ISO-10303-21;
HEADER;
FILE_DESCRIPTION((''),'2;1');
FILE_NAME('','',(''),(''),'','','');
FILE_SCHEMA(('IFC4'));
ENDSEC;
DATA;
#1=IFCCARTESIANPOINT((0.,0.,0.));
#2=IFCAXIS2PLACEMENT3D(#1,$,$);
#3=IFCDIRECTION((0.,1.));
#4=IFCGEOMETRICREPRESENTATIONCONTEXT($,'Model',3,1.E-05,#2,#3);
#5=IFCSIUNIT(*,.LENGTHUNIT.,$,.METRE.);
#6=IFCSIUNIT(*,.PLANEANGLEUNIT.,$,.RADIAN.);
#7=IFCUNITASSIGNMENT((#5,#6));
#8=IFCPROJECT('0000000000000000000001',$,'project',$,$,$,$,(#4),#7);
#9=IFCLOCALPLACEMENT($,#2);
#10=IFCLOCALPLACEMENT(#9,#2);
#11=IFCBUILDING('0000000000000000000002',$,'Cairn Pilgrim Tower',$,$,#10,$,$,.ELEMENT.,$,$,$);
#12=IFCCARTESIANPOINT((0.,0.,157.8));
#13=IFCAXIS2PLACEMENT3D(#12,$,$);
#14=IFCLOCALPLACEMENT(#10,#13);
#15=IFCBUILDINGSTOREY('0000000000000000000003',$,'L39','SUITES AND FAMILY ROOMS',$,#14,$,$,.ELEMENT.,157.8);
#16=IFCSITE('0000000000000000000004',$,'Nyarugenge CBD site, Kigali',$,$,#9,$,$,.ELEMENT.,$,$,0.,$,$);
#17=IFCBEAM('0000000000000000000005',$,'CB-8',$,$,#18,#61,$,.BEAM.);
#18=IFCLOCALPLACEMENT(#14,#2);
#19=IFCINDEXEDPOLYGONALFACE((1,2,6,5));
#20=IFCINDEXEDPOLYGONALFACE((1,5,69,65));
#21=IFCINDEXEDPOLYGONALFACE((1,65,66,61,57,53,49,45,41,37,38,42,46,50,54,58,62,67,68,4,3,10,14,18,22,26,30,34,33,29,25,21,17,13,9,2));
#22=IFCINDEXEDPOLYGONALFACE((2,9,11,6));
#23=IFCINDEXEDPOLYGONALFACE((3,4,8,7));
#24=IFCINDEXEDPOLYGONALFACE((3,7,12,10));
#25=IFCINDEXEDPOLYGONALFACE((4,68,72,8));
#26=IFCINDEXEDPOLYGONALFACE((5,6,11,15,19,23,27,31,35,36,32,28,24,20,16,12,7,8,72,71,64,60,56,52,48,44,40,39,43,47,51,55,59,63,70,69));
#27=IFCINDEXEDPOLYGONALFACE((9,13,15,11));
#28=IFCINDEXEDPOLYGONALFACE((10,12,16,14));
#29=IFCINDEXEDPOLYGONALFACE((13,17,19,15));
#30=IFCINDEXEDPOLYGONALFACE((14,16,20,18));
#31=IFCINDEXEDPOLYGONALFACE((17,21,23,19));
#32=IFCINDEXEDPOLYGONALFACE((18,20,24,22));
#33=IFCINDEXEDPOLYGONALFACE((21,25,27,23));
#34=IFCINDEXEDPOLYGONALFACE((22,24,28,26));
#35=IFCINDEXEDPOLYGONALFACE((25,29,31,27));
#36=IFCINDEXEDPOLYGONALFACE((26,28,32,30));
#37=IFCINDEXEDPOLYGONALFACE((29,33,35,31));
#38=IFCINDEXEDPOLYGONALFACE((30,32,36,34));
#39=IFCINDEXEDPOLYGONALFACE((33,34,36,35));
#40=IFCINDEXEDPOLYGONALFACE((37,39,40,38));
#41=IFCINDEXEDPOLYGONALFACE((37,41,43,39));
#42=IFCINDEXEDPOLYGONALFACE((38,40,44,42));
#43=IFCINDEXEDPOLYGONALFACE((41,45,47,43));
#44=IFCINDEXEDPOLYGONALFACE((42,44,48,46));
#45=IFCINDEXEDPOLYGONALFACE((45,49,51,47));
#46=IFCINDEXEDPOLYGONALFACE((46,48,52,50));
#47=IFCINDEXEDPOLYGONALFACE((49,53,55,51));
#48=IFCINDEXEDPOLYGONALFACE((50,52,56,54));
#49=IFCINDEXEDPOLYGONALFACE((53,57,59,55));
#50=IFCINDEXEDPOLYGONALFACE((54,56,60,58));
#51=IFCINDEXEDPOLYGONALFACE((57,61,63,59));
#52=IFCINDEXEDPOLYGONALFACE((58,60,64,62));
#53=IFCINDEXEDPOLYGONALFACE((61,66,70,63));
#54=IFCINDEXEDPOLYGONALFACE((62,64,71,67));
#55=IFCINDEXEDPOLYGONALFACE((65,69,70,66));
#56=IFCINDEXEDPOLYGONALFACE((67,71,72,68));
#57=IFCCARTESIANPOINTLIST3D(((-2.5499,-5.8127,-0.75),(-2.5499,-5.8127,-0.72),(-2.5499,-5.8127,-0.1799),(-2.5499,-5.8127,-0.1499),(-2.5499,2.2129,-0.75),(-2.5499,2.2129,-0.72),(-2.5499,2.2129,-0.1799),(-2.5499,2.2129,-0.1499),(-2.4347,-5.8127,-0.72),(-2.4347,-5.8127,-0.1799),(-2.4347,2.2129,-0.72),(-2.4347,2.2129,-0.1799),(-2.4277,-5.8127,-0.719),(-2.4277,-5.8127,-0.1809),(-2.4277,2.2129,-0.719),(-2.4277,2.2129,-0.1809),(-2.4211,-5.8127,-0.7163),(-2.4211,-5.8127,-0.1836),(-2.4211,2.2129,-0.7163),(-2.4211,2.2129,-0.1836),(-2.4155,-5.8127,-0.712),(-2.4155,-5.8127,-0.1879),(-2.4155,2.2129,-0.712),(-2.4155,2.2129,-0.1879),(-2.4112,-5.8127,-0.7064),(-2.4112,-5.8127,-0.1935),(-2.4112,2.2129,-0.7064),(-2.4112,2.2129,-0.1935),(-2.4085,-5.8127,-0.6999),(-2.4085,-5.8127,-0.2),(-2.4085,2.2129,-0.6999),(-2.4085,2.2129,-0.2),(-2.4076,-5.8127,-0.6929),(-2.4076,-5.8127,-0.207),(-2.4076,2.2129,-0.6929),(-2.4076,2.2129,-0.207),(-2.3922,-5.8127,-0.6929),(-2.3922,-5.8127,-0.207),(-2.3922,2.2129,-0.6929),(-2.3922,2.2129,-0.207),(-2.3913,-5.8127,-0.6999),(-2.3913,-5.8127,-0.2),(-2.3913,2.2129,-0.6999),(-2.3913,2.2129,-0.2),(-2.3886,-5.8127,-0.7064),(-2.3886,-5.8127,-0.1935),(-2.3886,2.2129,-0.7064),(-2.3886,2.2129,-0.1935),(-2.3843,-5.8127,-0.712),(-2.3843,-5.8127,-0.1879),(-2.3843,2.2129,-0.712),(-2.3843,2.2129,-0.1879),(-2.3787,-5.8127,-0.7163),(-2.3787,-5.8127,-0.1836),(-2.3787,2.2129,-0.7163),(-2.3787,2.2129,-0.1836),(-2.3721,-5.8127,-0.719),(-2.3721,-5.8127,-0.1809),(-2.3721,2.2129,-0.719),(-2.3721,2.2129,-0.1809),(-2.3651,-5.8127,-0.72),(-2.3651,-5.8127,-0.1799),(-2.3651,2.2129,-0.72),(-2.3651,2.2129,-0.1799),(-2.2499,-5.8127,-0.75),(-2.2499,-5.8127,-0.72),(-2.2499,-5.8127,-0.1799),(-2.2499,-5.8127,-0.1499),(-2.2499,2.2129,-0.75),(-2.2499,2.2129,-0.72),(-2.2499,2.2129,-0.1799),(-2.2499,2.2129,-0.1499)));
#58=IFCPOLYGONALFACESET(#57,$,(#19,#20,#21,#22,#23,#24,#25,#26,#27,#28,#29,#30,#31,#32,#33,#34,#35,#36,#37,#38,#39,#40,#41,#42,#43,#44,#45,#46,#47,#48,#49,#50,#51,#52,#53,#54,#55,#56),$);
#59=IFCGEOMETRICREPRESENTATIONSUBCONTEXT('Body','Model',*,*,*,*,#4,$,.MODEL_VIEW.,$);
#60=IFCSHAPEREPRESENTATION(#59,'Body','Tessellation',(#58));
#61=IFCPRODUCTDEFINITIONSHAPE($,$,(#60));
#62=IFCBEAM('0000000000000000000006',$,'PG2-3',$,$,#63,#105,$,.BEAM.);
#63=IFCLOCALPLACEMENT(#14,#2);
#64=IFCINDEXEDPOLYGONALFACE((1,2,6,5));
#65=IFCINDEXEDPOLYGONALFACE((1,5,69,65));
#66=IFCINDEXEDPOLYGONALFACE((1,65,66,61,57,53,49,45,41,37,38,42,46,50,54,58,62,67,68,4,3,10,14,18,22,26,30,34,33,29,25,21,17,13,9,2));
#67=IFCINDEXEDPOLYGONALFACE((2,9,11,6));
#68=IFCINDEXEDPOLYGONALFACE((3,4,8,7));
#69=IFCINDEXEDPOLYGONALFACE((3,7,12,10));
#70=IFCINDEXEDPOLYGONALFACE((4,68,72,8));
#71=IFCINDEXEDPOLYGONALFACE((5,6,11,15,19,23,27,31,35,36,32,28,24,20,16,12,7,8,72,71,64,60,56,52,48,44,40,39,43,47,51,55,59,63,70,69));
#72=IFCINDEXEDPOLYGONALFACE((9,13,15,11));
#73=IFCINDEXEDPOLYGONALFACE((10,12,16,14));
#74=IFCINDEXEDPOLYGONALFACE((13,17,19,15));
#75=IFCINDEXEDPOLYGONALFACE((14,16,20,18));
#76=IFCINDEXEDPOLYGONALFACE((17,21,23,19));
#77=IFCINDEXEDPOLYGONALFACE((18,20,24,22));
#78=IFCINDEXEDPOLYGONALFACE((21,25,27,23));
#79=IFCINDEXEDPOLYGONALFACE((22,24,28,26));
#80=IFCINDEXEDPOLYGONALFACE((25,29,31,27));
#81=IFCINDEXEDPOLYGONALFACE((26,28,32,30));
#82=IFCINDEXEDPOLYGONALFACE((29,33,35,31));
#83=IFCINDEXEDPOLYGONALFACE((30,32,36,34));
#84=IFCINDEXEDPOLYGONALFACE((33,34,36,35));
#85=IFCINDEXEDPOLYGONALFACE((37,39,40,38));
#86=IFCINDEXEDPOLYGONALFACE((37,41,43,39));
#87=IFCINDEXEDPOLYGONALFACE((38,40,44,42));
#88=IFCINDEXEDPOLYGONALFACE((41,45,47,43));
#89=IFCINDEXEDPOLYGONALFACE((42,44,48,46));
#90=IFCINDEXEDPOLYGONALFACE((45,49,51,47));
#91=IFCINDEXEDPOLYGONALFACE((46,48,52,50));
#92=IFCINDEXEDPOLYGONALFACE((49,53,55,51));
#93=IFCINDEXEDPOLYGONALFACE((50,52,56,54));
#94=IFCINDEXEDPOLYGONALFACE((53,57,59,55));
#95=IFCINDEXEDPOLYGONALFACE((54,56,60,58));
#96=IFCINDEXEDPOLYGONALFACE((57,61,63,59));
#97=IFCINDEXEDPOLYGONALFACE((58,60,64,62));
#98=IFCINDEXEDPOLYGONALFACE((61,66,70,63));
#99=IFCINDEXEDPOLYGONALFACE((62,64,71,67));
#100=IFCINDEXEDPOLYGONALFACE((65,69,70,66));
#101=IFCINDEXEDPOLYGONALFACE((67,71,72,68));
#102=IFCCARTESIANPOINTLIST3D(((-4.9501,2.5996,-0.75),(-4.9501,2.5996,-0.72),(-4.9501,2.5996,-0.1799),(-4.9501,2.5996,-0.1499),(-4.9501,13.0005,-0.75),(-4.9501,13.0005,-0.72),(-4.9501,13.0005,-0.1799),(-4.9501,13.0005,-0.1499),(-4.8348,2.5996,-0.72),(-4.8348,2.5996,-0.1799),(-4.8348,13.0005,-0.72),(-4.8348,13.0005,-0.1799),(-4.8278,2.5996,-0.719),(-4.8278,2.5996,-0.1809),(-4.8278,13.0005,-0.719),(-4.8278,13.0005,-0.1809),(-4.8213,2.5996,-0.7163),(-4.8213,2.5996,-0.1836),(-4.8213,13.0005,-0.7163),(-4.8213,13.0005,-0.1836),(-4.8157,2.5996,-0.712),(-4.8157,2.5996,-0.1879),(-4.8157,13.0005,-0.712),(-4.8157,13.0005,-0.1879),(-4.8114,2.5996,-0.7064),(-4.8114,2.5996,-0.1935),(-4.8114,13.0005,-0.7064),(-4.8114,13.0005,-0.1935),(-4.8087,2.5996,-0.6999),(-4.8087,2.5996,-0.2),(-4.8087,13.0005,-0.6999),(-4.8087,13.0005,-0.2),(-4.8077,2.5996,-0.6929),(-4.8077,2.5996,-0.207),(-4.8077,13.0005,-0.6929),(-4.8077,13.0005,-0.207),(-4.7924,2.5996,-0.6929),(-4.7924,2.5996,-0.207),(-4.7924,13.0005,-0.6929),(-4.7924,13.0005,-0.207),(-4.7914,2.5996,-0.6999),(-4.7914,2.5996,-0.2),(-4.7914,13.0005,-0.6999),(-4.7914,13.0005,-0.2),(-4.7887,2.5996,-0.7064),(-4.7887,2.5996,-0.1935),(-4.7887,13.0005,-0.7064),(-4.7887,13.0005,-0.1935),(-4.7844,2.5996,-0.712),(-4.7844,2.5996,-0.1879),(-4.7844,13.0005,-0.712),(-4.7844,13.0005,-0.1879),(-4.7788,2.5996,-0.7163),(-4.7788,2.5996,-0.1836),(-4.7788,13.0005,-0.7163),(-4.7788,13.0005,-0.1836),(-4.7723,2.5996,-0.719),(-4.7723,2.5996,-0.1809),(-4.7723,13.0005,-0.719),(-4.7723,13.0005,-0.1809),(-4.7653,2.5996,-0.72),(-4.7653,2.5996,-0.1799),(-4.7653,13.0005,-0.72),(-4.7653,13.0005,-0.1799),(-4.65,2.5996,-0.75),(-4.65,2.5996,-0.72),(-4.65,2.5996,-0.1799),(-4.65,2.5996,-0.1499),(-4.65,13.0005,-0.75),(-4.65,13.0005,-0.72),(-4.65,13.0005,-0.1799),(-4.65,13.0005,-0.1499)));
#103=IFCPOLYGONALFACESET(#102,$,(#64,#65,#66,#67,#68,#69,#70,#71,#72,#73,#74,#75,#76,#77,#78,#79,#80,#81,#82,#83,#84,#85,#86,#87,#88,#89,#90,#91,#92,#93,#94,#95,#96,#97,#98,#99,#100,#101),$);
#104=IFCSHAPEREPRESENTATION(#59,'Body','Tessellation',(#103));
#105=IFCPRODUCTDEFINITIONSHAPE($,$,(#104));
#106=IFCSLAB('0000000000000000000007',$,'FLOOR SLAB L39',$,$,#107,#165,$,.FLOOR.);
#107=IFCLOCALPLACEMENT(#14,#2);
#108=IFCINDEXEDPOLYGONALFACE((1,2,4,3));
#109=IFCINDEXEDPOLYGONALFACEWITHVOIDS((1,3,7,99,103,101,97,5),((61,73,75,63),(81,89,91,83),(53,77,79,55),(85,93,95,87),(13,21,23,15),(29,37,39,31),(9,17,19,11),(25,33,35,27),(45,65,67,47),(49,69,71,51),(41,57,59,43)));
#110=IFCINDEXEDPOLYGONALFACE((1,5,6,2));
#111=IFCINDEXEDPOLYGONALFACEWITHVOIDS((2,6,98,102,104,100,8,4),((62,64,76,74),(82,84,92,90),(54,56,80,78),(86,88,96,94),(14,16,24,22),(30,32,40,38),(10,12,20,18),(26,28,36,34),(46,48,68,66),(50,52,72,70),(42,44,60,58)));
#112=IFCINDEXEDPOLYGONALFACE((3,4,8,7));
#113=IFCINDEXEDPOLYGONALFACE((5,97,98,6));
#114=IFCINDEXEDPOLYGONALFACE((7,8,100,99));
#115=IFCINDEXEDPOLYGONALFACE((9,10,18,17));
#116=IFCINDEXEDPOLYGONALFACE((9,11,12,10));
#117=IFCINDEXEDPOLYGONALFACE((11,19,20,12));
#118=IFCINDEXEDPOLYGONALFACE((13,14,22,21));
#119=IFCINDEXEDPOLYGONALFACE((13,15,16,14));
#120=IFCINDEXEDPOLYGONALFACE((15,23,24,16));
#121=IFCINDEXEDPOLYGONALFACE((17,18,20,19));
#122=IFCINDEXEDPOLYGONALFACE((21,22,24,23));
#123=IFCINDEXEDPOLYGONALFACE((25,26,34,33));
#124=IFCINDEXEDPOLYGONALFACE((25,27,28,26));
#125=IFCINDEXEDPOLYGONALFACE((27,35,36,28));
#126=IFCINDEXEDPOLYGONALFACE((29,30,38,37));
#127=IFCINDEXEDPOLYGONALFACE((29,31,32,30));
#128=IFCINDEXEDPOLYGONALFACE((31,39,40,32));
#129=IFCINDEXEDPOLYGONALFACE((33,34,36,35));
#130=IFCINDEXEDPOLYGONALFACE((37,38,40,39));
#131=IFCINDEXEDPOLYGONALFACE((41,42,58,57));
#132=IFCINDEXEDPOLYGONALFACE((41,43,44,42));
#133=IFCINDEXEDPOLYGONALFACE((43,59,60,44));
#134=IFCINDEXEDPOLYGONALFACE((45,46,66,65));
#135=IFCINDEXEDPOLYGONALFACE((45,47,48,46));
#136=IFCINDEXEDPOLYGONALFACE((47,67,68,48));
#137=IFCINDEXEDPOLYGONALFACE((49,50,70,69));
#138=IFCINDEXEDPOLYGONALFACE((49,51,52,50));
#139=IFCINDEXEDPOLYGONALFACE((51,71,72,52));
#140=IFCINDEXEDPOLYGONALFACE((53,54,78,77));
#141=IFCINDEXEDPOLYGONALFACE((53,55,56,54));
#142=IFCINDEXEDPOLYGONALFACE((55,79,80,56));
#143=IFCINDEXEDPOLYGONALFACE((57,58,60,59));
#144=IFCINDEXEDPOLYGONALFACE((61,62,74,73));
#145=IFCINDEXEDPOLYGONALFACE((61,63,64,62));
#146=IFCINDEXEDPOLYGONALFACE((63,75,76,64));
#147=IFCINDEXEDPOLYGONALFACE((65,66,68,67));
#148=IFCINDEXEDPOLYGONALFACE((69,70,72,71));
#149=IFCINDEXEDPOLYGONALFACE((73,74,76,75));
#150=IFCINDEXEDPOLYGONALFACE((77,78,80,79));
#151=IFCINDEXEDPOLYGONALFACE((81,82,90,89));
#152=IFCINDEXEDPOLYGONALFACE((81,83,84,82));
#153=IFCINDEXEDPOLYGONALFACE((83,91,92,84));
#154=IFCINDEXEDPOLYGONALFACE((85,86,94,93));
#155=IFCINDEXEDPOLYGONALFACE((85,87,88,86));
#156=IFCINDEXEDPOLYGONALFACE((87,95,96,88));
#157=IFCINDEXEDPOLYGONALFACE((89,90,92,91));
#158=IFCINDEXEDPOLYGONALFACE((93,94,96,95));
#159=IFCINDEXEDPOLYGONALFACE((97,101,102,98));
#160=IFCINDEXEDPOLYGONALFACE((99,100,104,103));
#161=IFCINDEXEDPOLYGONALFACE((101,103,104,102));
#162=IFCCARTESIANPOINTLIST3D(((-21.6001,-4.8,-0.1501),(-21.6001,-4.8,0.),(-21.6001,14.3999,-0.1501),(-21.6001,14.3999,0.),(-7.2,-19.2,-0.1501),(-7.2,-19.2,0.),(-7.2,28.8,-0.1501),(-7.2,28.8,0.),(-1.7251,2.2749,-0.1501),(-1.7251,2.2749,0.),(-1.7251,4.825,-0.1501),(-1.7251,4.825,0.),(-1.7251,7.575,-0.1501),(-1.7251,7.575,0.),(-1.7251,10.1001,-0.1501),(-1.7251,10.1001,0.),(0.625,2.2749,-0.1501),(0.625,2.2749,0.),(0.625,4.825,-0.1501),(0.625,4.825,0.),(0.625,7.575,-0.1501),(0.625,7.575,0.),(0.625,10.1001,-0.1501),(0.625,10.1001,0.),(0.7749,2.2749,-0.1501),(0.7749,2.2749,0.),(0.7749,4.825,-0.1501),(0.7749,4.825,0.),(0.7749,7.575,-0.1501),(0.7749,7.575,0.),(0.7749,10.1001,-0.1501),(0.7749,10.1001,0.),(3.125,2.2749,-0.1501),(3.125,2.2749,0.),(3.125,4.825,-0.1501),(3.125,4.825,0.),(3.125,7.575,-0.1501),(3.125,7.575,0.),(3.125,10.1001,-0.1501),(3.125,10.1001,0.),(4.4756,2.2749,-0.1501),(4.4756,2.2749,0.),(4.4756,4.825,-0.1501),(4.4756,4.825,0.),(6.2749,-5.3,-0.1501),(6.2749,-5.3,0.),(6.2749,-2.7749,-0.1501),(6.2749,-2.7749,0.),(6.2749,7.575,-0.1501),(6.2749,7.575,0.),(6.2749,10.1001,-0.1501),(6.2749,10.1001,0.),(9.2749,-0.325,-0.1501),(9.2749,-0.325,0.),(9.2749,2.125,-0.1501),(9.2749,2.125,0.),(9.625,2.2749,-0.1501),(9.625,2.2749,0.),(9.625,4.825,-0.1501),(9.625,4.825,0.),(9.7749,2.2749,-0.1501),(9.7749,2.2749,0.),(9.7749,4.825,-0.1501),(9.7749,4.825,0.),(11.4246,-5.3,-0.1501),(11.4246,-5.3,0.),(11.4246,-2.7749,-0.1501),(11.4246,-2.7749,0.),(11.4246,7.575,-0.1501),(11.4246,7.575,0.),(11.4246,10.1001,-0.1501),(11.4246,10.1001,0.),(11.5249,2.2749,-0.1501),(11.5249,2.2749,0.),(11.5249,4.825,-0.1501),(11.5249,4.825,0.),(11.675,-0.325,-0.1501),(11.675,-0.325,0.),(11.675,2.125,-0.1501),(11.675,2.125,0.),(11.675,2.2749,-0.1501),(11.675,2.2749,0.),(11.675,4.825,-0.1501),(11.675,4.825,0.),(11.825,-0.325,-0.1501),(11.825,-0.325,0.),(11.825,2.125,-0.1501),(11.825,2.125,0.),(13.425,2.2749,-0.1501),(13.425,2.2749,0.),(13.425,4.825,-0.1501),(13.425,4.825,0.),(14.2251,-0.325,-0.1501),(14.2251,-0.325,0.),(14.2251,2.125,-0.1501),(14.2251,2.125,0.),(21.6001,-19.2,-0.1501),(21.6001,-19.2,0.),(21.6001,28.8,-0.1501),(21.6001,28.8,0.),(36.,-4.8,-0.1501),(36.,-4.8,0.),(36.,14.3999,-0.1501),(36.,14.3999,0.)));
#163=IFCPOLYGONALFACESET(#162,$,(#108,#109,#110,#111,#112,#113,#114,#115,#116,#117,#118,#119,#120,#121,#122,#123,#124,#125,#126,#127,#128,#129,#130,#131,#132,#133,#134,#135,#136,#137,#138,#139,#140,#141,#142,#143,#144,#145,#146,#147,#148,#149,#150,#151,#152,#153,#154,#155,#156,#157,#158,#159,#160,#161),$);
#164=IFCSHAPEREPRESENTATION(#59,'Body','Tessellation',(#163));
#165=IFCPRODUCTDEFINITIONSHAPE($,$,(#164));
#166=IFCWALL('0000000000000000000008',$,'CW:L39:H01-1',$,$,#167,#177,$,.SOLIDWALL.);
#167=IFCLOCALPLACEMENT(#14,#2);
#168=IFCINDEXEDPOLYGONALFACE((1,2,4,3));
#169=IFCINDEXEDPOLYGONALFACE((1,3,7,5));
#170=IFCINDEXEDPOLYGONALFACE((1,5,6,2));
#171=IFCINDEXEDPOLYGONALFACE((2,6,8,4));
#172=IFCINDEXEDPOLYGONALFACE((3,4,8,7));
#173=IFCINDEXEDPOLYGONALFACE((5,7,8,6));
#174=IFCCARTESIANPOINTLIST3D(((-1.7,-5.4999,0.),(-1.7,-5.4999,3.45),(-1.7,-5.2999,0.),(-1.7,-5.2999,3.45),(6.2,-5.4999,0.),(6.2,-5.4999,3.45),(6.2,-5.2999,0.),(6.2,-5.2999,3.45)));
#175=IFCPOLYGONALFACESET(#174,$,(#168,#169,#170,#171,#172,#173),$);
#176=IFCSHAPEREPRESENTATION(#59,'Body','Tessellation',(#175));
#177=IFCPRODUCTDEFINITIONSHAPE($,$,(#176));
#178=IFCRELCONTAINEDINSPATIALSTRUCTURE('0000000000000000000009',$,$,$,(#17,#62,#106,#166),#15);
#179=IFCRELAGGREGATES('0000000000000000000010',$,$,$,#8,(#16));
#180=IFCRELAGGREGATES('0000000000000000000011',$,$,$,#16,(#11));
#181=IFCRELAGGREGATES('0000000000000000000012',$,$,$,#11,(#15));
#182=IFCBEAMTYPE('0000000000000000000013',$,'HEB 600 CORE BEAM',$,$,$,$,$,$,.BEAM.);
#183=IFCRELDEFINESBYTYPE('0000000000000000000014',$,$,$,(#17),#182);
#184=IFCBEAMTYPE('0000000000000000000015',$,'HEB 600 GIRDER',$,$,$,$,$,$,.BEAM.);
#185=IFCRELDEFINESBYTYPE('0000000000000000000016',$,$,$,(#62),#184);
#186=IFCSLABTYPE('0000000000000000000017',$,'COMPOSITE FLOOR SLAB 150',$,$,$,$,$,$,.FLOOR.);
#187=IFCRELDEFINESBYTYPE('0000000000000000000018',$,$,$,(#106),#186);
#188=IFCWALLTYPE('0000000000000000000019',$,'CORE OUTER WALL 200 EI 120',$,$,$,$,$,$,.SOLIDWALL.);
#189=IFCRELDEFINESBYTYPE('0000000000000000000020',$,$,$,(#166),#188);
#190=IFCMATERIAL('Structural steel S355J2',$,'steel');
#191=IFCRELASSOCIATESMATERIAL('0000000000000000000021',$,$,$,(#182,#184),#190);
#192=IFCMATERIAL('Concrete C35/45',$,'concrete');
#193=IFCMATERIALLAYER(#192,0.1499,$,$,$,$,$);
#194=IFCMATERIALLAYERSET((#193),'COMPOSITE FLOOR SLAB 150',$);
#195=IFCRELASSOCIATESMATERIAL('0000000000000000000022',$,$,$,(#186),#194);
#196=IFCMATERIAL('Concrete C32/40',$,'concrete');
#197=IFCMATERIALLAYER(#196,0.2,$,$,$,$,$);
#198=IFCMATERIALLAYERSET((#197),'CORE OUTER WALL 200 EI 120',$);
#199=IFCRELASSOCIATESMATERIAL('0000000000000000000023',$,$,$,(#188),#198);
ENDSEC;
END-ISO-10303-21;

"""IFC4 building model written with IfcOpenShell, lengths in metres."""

from ifc_helpers import new_model, si_unit, direction, frame, frame_2d, origin, origin_2d, place, context, subcontext, project, spatial, polyline, rectangle, i_section, outline, extrude, material, layer, layer_set, material_profile, profile_set, type_object, element, save


model = new_model("IFC4")

# Units and contexts
model_context = context("Model", 3, precision=1e-05, world=origin(), true_north=direction((0.0, 1.0)))
body_context = subcontext(model_context, "Body", "Model", "MODEL_VIEW")
ifc_project = project(units=[si_unit("LENGTHUNIT", "METRE"), si_unit("PLANEANGLEUNIT", "RADIAN")], contexts=[model_context])

# Site, building, storey
site_placement = place(None, origin())
site = spatial("IfcSite", under=ifc_project, at=site_placement, Name="Nyarugenge CBD site, Kigali", CompositionType="ELEMENT", RefElevation=0.0)
building_placement = place(site_placement, origin())
building = spatial("IfcBuilding", under=site, at=building_placement, Name="Cairn Pilgrim Tower", CompositionType="ELEMENT")
storey_placement = place(building_placement, frame((0.0, 0.0, 157.8)))
storey = spatial("IfcBuildingStorey", under=building, at=storey_placement, Name="L39", Description="SUITES AND FAMILY ROOMS", CompositionType="ELEMENT", Elevation=157.8)

# Shared definitions
ifc_material_1 = material(Name="Structural steel S355J2", Category="steel")

# Beams
ifc_material_profile_1 = material_profile(ifc_material_1, i_section(OverallWidth=0.3, OverallDepth=0.6001, WebThickness=0.0154, FlangeThickness=0.03, FilletRadius=0.0271, at=origin_2d()), Name="HEB 600")
ifc_profile_set_1 = profile_set([ifc_material_profile_1], Name="Structural steel S355J2")
beam_type_1 = type_object("IfcBeamType", Name="HEB 600 CORE BEAM", PredefinedType="BEAM", material=ifc_profile_set_1)
beam_1_placement = place(storey_placement, frame((-2.3999, 2.2129, -0.45), z_axis=(0.0, -1.0, 0.0), x_axis=(1.0, 0.0, 0.0)))
element("IfcBeam", 1, at=beam_1_placement, inside=storey, type_object=beam_type_1, Name="CB-8", PredefinedType="BEAM", context=body_context, shape_type="SweptSolid", body=[
    extrude(i_section(OverallWidth=0.3, OverallDepth=0.6001, WebThickness=0.0154, FlangeThickness=0.03, FilletRadius=0.0271, at=origin_2d()), origin(), (0.0, 0.0, 1.0), 8.0256),
])
ifc_material_profile_2 = material_profile(ifc_material_1, i_section(OverallWidth=0.3, OverallDepth=0.6001, WebThickness=0.0154, FlangeThickness=0.03, FilletRadius=0.0271, at=origin_2d()), Name="HEB 600")
ifc_profile_set_2 = profile_set([ifc_material_profile_2], Name="Structural steel S355J2")
beam_type_2 = type_object("IfcBeamType", Name="HEB 600 GIRDER", PredefinedType="BEAM", material=ifc_profile_set_2)
beam_2_placement = place(storey_placement, frame((-4.8, 2.5996, -0.45), z_axis=(0.0, 1.0, 0.0), x_axis=(-1.0, 0.0, 0.0)))
element("IfcBeam", 2, at=beam_2_placement, inside=storey, type_object=beam_type_2, Name="PG2-3", PredefinedType="BEAM", context=body_context, shape_type="SweptSolid", body=[
    extrude(i_section(OverallWidth=0.3, OverallDepth=0.6001, WebThickness=0.0154, FlangeThickness=0.03, FilletRadius=0.0271, at=origin_2d()), origin(), (0.0, 0.0, 1.0), 10.4009),
])

# Slab
ifc_material_2 = material(Name="Concrete C35/45", Category="concrete")
ifc_layer_1 = layer(ifc_material_2, 0.1499)
ifc_layer_set_1 = layer_set([ifc_layer_1], Name="COMPOSITE FLOOR SLAB 150")
slab_type_1 = type_object("IfcSlabType", Name="COMPOSITE FLOOR SLAB 150", PredefinedType="FLOOR", material=ifc_layer_set_1)
slab_1_placement = place(storey_placement, frame((0.0, 0.0, -0.1501)))
element("IfcSlab", 3, at=slab_1_placement, inside=storey, type_object=slab_type_1, Name="FLOOR SLAB L39", PredefinedType="FLOOR", context=body_context, shape_type="SweptSolid", body=[
    extrude(outline(polyline([(-7.2, -19.2), (21.6001, -19.2), (36.0, -4.8), (36.0, 14.3999), (21.6001, 28.8), (-7.2, 28.8), (-21.6001, 14.3999), (-21.6001, -4.8), (-7.2, -19.2)]), holes=[polyline([(9.2749, -0.325), (11.675, -0.325), (11.675, 2.125), (9.2749, 2.125), (9.2749, -0.325)]), polyline([(11.825, -0.325), (14.2251, -0.325), (14.2251, 2.125), (11.825, 2.125), (11.825, -0.325)]), polyline([(-1.7251, 2.2749), (0.625, 2.2749), (0.625, 4.825), (-1.7251, 4.825), (-1.7251, 2.2749)]), polyline([(0.7749, 2.2749), (3.125, 2.2749), (3.125, 4.825), (0.7749, 4.825), (0.7749, 2.2749)]), polyline([(-1.7251, 7.575), (0.625, 7.575), (0.625, 10.1001), (-1.7251, 10.1001), (-1.7251, 7.575)]), polyline([(0.7749, 7.575), (3.125, 7.575), (3.125, 10.1001), (0.7749, 10.1001), (0.7749, 7.575)]), polyline([(9.7749, 2.2749), (11.5249, 2.2749), (11.5249, 4.825), (9.7749, 4.825), (9.7749, 2.2749)]), polyline([(11.675, 2.2749), (13.425, 2.2749), (13.425, 4.825), (11.675, 4.825), (11.675, 2.2749)]), polyline([(11.4246, -2.7749), (6.2749, -2.7749), (6.2749, -5.3), (11.4246, -5.3), (11.4246, -2.7749)]), polyline([(4.4756, 2.2749), (9.625, 2.2749), (9.625, 4.825), (4.4756, 4.825), (4.4756, 2.2749)]), polyline([(11.4246, 10.1001), (6.2749, 10.1001), (6.2749, 7.575), (11.4246, 7.575), (11.4246, 10.1001)])]), origin(), (0.0, 0.0, 1.0), 0.1501),
])

# Wall
ifc_material_3 = material(Name="Concrete C32/40", Category="concrete")
ifc_layer_2 = layer(ifc_material_3, 0.2)
ifc_layer_set_2 = layer_set([ifc_layer_2], Name="CORE OUTER WALL 200 EI 120")
wall_type_1 = type_object("IfcWallType", Name="CORE OUTER WALL 200 EI 120", PredefinedType="SOLIDWALL", material=ifc_layer_set_2)
wall_1_placement = place(storey_placement, frame((-1.7, -5.3999, 0.0), z_axis=(0.0, 0.0, 1.0), x_axis=(1.0, 0.0, 0.0)))
element("IfcWall", 4, at=wall_1_placement, inside=storey, type_object=wall_type_1, Name="CW:L39:H01-1", PredefinedType="SOLIDWALL", context=body_context, shape_type="SweptSolid", body=[
    extrude(rectangle(XDim=7.8999, YDim=0.2, at=frame_2d((3.95, 0.0))), origin(), (0.0, 0.0, 1.0), 3.45),
])

save(model, "model.ifc")
